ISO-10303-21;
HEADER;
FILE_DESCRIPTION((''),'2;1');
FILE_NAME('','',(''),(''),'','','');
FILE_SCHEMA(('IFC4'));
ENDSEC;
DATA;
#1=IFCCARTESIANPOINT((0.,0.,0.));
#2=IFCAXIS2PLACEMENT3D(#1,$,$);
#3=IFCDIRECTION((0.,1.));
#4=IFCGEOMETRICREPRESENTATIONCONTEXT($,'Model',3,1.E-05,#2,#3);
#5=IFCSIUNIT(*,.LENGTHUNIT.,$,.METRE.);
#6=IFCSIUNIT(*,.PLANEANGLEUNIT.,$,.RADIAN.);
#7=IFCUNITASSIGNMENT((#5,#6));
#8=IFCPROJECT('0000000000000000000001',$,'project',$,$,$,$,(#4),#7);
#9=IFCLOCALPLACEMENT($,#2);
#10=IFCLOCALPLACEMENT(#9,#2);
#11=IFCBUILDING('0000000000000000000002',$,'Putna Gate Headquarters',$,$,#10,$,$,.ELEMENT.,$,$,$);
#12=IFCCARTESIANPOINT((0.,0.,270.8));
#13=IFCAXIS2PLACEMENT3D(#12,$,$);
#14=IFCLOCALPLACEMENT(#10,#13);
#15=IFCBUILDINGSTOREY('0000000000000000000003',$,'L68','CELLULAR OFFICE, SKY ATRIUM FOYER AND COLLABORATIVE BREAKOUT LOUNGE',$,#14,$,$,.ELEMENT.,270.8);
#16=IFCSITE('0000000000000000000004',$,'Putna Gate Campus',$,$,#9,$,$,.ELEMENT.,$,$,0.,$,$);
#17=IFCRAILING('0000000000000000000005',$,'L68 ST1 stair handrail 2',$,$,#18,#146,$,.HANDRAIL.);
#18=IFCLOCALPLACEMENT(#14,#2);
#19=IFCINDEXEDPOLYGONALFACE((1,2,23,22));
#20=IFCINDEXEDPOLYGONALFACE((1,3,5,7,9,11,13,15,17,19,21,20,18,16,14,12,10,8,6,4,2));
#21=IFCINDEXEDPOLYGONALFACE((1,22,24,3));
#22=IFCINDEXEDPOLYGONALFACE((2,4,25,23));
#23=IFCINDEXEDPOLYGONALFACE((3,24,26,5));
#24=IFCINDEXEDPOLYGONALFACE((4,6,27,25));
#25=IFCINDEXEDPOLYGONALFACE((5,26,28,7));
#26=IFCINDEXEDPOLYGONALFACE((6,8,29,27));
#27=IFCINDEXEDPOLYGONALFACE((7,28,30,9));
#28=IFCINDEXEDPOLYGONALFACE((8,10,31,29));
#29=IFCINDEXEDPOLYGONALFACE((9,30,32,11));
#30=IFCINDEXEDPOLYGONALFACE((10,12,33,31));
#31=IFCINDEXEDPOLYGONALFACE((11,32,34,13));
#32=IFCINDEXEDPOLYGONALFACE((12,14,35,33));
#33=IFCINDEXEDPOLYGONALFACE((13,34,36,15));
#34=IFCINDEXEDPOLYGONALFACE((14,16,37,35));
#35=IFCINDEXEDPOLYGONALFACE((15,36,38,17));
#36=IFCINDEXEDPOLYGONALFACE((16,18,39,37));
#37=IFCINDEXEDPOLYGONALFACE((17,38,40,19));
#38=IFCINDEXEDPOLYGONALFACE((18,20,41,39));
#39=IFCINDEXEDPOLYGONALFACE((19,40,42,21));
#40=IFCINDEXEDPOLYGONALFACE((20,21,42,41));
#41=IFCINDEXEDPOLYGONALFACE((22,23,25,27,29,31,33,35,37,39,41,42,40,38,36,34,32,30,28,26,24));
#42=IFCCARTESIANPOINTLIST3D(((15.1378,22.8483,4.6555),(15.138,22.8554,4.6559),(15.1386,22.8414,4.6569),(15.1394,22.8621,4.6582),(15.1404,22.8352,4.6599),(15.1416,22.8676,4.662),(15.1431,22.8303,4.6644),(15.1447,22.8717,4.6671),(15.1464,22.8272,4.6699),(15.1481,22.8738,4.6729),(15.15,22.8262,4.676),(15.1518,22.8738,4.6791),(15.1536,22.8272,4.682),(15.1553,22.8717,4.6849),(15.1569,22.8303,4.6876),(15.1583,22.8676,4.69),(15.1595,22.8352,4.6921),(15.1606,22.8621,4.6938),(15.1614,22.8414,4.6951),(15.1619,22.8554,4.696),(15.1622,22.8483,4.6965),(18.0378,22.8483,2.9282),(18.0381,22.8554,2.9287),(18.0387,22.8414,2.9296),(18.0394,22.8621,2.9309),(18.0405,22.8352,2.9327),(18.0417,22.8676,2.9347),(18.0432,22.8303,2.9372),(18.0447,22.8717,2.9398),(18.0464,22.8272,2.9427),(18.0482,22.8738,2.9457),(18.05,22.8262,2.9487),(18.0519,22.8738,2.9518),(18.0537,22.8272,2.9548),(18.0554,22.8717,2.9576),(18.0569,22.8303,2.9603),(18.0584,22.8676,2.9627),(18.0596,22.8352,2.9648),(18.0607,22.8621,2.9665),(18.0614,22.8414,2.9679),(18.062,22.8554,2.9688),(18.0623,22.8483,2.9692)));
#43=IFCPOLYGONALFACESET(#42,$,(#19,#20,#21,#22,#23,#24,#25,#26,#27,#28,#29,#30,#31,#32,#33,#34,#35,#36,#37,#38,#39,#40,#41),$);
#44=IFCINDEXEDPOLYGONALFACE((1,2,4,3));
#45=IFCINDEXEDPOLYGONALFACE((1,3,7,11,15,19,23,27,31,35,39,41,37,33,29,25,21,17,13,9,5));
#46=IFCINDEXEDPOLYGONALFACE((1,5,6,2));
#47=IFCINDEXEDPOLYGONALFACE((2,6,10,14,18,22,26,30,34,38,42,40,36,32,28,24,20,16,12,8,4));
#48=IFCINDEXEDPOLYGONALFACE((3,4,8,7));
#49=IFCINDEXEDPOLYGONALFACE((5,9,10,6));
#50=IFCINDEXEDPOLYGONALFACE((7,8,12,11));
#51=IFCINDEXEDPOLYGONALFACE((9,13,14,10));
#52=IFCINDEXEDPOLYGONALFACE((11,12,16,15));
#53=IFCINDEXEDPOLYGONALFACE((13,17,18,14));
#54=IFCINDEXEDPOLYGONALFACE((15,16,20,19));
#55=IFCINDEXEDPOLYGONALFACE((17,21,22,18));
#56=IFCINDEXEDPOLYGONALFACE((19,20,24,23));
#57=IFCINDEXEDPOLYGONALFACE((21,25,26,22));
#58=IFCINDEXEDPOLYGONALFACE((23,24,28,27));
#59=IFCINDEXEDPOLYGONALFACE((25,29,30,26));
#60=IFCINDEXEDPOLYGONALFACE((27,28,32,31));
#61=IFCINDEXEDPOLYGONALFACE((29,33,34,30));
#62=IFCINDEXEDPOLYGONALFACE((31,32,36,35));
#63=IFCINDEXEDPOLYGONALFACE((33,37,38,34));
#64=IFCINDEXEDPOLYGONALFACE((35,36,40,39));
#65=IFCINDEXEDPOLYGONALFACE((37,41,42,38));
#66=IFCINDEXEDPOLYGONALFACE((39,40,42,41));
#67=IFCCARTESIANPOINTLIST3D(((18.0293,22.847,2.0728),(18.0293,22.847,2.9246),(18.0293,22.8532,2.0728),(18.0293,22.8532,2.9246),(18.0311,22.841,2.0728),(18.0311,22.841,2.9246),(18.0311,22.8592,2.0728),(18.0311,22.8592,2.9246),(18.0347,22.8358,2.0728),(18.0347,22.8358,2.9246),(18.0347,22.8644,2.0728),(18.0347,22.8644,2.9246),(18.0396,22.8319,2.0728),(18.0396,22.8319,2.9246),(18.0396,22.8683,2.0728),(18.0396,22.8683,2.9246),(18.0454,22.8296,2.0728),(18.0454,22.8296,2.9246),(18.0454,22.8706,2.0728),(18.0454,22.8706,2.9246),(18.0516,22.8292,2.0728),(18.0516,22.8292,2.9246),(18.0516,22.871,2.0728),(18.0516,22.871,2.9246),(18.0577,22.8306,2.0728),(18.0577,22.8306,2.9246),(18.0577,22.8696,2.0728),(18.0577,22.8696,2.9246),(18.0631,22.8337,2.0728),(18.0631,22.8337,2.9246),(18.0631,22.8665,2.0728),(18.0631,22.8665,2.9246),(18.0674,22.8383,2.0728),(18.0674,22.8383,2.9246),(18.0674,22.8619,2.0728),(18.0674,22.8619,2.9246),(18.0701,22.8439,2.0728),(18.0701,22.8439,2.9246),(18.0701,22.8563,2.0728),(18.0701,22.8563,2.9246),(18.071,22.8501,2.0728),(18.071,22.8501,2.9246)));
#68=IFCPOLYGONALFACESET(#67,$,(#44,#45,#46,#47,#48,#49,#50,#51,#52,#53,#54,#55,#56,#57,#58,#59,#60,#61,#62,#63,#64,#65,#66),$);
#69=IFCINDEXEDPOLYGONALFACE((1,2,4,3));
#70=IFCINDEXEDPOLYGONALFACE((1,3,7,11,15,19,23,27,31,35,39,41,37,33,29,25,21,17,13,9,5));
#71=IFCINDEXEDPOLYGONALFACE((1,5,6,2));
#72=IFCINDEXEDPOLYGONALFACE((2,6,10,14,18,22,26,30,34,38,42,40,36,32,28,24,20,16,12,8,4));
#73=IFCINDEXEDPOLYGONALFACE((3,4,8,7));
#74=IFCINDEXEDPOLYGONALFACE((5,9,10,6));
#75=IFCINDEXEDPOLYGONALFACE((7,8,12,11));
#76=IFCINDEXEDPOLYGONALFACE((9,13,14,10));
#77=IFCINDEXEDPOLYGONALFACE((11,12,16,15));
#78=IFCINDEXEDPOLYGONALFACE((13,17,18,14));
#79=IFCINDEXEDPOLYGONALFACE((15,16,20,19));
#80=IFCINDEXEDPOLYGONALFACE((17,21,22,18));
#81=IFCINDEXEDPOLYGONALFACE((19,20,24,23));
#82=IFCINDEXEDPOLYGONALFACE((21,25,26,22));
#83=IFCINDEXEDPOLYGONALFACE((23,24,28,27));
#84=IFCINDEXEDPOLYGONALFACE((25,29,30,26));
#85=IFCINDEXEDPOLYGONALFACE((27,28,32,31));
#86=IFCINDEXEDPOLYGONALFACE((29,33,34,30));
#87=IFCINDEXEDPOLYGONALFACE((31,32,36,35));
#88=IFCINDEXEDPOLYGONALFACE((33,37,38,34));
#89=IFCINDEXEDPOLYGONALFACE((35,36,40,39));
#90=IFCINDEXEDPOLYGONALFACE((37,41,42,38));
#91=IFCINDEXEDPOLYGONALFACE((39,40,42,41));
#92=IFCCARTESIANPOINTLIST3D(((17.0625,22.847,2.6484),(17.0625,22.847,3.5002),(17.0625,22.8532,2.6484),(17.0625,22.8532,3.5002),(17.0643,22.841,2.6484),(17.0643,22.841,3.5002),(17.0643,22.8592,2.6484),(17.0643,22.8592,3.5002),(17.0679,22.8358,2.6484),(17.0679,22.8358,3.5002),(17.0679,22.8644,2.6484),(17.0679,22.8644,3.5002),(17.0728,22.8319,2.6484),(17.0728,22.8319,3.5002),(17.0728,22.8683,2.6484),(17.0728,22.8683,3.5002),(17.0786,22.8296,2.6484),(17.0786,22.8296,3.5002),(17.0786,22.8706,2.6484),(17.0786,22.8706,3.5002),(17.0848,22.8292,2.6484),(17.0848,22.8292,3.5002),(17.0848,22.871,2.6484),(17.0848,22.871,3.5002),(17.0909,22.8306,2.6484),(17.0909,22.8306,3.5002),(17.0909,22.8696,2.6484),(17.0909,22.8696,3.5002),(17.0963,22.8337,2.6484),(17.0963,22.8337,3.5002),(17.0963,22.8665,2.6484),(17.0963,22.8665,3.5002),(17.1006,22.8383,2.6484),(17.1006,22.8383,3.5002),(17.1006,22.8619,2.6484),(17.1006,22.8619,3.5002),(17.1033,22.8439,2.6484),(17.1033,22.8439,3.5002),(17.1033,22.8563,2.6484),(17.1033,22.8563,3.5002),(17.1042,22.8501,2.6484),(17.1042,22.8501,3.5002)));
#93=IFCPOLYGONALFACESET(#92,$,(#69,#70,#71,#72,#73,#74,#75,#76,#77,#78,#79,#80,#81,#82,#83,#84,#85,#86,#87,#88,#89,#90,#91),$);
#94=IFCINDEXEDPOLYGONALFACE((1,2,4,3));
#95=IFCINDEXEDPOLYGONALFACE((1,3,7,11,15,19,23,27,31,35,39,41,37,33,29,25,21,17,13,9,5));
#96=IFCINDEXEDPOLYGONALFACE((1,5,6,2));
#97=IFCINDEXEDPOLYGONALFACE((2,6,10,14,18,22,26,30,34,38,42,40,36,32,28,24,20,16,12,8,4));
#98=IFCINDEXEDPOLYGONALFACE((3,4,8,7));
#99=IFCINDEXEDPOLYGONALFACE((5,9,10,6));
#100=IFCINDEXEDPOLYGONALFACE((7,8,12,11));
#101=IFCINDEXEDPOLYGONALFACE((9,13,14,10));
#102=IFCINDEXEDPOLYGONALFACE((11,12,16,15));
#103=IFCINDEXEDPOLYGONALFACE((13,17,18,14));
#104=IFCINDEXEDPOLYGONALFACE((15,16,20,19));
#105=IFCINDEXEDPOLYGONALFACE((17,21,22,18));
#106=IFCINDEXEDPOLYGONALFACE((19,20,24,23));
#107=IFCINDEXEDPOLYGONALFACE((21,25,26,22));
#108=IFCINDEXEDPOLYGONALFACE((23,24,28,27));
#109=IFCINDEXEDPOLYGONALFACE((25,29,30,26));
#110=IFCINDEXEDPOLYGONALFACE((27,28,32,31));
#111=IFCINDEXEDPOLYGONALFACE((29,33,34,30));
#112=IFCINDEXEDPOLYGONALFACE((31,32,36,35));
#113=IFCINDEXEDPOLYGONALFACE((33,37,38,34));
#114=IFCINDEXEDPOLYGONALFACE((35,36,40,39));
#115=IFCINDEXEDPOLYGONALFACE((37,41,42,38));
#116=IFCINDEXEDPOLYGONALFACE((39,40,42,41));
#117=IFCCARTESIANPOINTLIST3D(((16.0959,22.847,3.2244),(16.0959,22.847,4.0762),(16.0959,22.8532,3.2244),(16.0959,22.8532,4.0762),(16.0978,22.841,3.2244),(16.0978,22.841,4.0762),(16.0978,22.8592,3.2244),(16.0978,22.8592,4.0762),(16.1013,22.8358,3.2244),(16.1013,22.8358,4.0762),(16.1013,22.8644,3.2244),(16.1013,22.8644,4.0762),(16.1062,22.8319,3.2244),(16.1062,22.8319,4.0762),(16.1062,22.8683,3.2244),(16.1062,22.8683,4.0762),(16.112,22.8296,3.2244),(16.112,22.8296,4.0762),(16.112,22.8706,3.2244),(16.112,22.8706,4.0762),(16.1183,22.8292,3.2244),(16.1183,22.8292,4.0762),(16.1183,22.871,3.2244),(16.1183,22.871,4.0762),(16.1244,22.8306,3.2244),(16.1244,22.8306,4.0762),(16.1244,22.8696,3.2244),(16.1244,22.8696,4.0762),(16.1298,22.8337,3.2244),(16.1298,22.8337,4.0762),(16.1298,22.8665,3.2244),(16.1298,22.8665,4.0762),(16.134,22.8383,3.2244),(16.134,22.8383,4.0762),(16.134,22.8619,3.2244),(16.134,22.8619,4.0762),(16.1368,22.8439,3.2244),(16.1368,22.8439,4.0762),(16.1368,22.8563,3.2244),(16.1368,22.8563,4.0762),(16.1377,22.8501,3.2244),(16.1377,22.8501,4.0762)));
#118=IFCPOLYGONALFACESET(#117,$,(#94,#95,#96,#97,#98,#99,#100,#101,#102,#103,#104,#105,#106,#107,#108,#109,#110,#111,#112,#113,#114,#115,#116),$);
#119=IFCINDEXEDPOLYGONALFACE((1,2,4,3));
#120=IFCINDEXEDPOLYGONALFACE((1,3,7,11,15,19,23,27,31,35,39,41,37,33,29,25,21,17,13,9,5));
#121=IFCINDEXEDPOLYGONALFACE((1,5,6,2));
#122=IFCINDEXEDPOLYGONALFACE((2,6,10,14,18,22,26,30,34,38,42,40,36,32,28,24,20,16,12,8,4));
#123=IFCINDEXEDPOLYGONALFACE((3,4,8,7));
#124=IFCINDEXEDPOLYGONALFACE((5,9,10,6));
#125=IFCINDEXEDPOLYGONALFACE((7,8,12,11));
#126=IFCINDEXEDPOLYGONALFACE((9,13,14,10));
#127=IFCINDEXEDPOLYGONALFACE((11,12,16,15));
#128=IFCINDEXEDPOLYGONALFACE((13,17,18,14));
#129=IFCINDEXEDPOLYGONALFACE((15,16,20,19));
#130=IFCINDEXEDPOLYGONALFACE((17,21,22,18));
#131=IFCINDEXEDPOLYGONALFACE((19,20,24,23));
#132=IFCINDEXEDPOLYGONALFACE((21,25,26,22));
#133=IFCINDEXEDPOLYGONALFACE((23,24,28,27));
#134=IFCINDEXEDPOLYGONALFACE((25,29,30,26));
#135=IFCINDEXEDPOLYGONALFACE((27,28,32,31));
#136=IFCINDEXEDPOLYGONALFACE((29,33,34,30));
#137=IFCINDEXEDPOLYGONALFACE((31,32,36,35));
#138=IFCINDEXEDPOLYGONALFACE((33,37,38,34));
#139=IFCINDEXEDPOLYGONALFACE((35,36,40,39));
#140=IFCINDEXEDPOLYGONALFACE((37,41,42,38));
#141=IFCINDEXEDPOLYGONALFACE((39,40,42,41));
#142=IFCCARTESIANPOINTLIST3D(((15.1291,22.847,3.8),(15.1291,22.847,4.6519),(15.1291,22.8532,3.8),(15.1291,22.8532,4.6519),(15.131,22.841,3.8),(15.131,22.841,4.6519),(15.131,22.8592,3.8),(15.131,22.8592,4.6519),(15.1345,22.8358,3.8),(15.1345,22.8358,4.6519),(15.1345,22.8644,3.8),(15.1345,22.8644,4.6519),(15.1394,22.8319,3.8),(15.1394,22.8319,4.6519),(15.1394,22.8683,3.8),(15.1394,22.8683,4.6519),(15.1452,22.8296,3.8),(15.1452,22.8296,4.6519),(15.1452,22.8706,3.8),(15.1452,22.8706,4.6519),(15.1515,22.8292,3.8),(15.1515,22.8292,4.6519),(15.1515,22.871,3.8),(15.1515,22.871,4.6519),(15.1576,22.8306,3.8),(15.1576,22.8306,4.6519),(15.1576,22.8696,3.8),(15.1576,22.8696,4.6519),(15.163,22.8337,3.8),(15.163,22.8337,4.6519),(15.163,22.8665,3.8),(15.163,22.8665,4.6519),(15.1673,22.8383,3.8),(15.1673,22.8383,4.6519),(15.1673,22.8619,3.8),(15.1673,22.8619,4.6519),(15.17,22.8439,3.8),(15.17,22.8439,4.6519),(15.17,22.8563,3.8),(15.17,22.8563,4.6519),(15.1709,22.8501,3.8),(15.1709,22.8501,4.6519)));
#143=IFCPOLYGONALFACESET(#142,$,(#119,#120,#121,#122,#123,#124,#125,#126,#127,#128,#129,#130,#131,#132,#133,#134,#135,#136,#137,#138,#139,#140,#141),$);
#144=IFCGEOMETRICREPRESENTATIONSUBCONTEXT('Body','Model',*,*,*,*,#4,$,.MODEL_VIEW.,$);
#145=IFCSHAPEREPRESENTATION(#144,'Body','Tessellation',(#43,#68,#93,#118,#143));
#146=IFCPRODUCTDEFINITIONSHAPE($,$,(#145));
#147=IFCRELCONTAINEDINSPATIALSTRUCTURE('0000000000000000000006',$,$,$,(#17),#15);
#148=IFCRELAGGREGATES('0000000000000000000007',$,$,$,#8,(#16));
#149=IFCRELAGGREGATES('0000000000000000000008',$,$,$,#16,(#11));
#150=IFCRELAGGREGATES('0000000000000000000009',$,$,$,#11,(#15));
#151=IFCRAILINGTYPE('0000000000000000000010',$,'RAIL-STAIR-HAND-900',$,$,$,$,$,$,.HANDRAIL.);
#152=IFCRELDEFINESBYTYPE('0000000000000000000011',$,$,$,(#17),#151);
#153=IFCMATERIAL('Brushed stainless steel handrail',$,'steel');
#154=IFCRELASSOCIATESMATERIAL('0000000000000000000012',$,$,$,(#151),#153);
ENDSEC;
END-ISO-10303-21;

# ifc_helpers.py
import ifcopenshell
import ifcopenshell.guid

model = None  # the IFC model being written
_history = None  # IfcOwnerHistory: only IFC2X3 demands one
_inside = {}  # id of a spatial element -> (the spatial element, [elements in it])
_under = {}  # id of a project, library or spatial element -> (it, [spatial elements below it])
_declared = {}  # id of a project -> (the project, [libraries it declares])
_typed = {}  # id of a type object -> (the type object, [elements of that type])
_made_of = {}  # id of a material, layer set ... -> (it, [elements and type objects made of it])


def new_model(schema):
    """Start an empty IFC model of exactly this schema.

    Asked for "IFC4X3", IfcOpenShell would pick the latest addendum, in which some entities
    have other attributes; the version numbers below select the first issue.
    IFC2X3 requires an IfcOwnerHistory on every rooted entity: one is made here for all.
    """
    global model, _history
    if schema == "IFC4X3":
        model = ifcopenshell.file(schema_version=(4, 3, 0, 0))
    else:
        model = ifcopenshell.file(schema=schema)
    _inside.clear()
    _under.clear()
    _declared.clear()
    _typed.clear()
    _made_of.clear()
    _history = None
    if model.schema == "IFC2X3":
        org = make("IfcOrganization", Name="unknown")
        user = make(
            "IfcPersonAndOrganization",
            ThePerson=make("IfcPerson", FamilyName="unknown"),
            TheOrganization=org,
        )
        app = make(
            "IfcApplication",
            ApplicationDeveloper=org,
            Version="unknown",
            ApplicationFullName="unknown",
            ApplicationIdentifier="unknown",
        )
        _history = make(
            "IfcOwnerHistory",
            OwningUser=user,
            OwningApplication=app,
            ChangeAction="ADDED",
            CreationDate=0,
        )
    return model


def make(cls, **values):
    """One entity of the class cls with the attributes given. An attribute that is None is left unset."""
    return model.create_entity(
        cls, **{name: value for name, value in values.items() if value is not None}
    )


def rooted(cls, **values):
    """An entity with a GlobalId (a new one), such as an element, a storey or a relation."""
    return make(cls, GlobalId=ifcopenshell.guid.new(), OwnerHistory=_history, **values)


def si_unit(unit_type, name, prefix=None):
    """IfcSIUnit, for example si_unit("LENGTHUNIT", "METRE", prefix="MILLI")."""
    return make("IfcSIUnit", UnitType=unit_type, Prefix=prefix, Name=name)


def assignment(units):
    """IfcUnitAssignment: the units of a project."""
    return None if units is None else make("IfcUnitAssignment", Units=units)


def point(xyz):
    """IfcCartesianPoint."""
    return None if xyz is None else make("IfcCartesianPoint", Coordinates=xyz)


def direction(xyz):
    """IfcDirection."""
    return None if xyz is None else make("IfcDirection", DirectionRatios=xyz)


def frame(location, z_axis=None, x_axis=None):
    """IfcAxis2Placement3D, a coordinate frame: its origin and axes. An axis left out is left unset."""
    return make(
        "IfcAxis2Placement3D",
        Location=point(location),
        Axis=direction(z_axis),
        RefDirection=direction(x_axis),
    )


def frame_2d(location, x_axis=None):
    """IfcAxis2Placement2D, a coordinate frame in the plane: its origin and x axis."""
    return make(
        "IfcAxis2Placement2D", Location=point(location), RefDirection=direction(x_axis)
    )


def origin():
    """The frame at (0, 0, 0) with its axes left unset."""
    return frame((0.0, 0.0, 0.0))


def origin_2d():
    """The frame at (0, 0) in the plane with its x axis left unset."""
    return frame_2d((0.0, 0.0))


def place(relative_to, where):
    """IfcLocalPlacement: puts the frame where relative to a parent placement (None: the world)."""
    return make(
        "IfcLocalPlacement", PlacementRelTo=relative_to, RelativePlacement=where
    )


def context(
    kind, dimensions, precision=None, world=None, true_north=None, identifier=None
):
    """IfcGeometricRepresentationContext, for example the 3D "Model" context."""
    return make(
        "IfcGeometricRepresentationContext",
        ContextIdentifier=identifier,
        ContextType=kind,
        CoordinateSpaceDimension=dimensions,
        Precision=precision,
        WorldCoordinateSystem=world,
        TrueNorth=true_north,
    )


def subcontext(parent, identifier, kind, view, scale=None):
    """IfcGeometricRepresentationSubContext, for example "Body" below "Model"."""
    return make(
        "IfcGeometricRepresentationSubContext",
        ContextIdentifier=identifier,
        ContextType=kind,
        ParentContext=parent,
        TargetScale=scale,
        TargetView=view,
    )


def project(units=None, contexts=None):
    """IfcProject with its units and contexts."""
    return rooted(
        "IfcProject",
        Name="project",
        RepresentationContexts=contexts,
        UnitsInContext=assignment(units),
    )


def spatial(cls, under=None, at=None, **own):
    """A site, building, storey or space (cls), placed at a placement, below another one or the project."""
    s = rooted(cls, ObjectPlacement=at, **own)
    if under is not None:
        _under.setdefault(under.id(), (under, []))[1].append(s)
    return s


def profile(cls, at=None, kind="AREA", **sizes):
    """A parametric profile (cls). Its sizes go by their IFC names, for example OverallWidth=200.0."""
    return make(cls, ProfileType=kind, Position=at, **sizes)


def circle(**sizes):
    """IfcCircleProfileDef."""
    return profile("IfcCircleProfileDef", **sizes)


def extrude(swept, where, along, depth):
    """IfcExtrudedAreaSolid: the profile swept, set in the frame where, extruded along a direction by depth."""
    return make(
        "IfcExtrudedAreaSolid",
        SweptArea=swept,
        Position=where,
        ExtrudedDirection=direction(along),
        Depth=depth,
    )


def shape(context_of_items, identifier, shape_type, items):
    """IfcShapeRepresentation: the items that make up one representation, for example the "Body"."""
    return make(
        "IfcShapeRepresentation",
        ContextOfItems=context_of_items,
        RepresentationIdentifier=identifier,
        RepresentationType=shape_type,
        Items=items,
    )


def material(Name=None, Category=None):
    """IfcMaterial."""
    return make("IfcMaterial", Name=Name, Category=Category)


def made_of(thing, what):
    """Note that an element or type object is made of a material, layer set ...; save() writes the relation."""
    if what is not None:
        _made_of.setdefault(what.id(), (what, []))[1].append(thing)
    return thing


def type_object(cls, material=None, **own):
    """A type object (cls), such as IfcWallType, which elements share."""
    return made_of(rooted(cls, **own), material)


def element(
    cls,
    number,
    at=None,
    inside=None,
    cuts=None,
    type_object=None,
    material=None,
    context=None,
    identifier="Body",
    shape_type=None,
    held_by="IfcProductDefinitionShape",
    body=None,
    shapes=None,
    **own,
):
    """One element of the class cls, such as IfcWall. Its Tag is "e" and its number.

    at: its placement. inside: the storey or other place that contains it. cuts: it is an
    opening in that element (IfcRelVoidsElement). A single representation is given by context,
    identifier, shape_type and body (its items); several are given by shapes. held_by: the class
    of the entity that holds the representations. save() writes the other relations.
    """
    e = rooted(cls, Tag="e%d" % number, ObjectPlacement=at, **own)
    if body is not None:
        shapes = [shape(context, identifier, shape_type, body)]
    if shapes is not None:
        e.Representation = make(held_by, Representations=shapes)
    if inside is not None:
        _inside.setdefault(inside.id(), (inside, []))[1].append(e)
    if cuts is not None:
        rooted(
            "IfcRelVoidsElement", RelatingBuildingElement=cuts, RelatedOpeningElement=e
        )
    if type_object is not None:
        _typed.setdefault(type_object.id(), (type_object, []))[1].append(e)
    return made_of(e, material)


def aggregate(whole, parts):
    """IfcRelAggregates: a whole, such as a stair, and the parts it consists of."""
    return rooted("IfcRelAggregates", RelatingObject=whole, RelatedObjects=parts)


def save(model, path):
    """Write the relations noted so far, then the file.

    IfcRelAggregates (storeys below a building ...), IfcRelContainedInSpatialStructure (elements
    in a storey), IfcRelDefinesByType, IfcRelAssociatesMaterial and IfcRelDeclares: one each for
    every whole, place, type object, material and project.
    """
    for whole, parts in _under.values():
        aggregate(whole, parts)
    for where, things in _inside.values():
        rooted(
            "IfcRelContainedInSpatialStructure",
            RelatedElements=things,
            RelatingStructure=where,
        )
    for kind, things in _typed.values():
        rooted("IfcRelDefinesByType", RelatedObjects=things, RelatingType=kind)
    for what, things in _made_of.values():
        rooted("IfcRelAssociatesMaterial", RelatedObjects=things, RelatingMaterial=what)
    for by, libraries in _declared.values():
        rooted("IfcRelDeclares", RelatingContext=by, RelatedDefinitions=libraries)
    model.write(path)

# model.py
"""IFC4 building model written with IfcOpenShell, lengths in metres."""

from ifc_helpers import new_model, si_unit, direction, frame, origin, origin_2d, place, context, subcontext, project, spatial, circle, extrude, material, type_object, element, save


model = new_model("IFC4")

# Units and contexts
model_context = context("Model", 3, precision=1e-05, world=origin(), true_north=direction((0.0, 1.0)))
body_context = subcontext(model_context, "Body", "Model", "MODEL_VIEW")
ifc_project = project(units=[si_unit("LENGTHUNIT", "METRE"), si_unit("PLANEANGLEUNIT", "RADIAN")], contexts=[model_context])

# Site, building, storey
site_placement = place(None, origin())
site = spatial("IfcSite", under=ifc_project, at=site_placement, Name="Putna Gate Campus", CompositionType="ELEMENT", RefElevation=0.0)
building_placement = place(site_placement, origin())
building = spatial("IfcBuilding", under=site, at=building_placement, Name="Putna Gate Headquarters", CompositionType="ELEMENT")
storey_placement = place(building_placement, frame((0.0, 0.0, 270.8)))
storey = spatial("IfcBuildingStorey", under=building, at=storey_placement, Name="L68", Description="CELLULAR OFFICE, SKY ATRIUM FOYER AND COLLABORATIVE BREAKOUT LOUNGE", CompositionType="ELEMENT", Elevation=270.8)

# Railing
ifc_material_1 = material(Name="Brushed stainless steel handrail", Category="steel")
railing_type_1 = type_object("IfcRailingType", Name="RAIL-STAIR-HAND-900", PredefinedType="HANDRAIL", material=ifc_material_1)
railing_1_placement = place(storey_placement, frame((18.05, 22.8501, 2.0728)))
element("IfcRailing", 1, at=railing_1_placement, inside=storey, type_object=railing_type_1, Name="L68 ST1 stair handrail 2", PredefinedType="HANDRAIL", context=body_context, shape_type="SweptSolid", body=[
    extrude(circle(Radius=0.0239, at=origin_2d()), frame((0.0, 0.0, 0.876), z_axis=(-0.85916, 0.0, 0.511706), x_axis=(0.0, -1.0, 0.0)), (0.0, 0.0, 1.0), 3.3755),
    extrude(circle(Radius=0.021, at=origin_2d()), origin(), (0.0, 0.0, 1.0), 0.8518),
    extrude(circle(Radius=0.021, at=origin_2d()), frame((-0.9668, 0.0, 0.5757)), (0.0, 0.0, 1.0), 0.8518),
    extrude(circle(Radius=0.021, at=origin_2d()), frame((-1.9333, 0.0, 1.1516)), (0.0, 0.0, 1.0), 0.8518),
    extrude(circle(Radius=0.021, at=origin_2d()), frame((-2.9001, 0.0, 1.7273)), (0.0, 0.0, 1.0), 0.8518),
])

save(model, "model.ifc")
